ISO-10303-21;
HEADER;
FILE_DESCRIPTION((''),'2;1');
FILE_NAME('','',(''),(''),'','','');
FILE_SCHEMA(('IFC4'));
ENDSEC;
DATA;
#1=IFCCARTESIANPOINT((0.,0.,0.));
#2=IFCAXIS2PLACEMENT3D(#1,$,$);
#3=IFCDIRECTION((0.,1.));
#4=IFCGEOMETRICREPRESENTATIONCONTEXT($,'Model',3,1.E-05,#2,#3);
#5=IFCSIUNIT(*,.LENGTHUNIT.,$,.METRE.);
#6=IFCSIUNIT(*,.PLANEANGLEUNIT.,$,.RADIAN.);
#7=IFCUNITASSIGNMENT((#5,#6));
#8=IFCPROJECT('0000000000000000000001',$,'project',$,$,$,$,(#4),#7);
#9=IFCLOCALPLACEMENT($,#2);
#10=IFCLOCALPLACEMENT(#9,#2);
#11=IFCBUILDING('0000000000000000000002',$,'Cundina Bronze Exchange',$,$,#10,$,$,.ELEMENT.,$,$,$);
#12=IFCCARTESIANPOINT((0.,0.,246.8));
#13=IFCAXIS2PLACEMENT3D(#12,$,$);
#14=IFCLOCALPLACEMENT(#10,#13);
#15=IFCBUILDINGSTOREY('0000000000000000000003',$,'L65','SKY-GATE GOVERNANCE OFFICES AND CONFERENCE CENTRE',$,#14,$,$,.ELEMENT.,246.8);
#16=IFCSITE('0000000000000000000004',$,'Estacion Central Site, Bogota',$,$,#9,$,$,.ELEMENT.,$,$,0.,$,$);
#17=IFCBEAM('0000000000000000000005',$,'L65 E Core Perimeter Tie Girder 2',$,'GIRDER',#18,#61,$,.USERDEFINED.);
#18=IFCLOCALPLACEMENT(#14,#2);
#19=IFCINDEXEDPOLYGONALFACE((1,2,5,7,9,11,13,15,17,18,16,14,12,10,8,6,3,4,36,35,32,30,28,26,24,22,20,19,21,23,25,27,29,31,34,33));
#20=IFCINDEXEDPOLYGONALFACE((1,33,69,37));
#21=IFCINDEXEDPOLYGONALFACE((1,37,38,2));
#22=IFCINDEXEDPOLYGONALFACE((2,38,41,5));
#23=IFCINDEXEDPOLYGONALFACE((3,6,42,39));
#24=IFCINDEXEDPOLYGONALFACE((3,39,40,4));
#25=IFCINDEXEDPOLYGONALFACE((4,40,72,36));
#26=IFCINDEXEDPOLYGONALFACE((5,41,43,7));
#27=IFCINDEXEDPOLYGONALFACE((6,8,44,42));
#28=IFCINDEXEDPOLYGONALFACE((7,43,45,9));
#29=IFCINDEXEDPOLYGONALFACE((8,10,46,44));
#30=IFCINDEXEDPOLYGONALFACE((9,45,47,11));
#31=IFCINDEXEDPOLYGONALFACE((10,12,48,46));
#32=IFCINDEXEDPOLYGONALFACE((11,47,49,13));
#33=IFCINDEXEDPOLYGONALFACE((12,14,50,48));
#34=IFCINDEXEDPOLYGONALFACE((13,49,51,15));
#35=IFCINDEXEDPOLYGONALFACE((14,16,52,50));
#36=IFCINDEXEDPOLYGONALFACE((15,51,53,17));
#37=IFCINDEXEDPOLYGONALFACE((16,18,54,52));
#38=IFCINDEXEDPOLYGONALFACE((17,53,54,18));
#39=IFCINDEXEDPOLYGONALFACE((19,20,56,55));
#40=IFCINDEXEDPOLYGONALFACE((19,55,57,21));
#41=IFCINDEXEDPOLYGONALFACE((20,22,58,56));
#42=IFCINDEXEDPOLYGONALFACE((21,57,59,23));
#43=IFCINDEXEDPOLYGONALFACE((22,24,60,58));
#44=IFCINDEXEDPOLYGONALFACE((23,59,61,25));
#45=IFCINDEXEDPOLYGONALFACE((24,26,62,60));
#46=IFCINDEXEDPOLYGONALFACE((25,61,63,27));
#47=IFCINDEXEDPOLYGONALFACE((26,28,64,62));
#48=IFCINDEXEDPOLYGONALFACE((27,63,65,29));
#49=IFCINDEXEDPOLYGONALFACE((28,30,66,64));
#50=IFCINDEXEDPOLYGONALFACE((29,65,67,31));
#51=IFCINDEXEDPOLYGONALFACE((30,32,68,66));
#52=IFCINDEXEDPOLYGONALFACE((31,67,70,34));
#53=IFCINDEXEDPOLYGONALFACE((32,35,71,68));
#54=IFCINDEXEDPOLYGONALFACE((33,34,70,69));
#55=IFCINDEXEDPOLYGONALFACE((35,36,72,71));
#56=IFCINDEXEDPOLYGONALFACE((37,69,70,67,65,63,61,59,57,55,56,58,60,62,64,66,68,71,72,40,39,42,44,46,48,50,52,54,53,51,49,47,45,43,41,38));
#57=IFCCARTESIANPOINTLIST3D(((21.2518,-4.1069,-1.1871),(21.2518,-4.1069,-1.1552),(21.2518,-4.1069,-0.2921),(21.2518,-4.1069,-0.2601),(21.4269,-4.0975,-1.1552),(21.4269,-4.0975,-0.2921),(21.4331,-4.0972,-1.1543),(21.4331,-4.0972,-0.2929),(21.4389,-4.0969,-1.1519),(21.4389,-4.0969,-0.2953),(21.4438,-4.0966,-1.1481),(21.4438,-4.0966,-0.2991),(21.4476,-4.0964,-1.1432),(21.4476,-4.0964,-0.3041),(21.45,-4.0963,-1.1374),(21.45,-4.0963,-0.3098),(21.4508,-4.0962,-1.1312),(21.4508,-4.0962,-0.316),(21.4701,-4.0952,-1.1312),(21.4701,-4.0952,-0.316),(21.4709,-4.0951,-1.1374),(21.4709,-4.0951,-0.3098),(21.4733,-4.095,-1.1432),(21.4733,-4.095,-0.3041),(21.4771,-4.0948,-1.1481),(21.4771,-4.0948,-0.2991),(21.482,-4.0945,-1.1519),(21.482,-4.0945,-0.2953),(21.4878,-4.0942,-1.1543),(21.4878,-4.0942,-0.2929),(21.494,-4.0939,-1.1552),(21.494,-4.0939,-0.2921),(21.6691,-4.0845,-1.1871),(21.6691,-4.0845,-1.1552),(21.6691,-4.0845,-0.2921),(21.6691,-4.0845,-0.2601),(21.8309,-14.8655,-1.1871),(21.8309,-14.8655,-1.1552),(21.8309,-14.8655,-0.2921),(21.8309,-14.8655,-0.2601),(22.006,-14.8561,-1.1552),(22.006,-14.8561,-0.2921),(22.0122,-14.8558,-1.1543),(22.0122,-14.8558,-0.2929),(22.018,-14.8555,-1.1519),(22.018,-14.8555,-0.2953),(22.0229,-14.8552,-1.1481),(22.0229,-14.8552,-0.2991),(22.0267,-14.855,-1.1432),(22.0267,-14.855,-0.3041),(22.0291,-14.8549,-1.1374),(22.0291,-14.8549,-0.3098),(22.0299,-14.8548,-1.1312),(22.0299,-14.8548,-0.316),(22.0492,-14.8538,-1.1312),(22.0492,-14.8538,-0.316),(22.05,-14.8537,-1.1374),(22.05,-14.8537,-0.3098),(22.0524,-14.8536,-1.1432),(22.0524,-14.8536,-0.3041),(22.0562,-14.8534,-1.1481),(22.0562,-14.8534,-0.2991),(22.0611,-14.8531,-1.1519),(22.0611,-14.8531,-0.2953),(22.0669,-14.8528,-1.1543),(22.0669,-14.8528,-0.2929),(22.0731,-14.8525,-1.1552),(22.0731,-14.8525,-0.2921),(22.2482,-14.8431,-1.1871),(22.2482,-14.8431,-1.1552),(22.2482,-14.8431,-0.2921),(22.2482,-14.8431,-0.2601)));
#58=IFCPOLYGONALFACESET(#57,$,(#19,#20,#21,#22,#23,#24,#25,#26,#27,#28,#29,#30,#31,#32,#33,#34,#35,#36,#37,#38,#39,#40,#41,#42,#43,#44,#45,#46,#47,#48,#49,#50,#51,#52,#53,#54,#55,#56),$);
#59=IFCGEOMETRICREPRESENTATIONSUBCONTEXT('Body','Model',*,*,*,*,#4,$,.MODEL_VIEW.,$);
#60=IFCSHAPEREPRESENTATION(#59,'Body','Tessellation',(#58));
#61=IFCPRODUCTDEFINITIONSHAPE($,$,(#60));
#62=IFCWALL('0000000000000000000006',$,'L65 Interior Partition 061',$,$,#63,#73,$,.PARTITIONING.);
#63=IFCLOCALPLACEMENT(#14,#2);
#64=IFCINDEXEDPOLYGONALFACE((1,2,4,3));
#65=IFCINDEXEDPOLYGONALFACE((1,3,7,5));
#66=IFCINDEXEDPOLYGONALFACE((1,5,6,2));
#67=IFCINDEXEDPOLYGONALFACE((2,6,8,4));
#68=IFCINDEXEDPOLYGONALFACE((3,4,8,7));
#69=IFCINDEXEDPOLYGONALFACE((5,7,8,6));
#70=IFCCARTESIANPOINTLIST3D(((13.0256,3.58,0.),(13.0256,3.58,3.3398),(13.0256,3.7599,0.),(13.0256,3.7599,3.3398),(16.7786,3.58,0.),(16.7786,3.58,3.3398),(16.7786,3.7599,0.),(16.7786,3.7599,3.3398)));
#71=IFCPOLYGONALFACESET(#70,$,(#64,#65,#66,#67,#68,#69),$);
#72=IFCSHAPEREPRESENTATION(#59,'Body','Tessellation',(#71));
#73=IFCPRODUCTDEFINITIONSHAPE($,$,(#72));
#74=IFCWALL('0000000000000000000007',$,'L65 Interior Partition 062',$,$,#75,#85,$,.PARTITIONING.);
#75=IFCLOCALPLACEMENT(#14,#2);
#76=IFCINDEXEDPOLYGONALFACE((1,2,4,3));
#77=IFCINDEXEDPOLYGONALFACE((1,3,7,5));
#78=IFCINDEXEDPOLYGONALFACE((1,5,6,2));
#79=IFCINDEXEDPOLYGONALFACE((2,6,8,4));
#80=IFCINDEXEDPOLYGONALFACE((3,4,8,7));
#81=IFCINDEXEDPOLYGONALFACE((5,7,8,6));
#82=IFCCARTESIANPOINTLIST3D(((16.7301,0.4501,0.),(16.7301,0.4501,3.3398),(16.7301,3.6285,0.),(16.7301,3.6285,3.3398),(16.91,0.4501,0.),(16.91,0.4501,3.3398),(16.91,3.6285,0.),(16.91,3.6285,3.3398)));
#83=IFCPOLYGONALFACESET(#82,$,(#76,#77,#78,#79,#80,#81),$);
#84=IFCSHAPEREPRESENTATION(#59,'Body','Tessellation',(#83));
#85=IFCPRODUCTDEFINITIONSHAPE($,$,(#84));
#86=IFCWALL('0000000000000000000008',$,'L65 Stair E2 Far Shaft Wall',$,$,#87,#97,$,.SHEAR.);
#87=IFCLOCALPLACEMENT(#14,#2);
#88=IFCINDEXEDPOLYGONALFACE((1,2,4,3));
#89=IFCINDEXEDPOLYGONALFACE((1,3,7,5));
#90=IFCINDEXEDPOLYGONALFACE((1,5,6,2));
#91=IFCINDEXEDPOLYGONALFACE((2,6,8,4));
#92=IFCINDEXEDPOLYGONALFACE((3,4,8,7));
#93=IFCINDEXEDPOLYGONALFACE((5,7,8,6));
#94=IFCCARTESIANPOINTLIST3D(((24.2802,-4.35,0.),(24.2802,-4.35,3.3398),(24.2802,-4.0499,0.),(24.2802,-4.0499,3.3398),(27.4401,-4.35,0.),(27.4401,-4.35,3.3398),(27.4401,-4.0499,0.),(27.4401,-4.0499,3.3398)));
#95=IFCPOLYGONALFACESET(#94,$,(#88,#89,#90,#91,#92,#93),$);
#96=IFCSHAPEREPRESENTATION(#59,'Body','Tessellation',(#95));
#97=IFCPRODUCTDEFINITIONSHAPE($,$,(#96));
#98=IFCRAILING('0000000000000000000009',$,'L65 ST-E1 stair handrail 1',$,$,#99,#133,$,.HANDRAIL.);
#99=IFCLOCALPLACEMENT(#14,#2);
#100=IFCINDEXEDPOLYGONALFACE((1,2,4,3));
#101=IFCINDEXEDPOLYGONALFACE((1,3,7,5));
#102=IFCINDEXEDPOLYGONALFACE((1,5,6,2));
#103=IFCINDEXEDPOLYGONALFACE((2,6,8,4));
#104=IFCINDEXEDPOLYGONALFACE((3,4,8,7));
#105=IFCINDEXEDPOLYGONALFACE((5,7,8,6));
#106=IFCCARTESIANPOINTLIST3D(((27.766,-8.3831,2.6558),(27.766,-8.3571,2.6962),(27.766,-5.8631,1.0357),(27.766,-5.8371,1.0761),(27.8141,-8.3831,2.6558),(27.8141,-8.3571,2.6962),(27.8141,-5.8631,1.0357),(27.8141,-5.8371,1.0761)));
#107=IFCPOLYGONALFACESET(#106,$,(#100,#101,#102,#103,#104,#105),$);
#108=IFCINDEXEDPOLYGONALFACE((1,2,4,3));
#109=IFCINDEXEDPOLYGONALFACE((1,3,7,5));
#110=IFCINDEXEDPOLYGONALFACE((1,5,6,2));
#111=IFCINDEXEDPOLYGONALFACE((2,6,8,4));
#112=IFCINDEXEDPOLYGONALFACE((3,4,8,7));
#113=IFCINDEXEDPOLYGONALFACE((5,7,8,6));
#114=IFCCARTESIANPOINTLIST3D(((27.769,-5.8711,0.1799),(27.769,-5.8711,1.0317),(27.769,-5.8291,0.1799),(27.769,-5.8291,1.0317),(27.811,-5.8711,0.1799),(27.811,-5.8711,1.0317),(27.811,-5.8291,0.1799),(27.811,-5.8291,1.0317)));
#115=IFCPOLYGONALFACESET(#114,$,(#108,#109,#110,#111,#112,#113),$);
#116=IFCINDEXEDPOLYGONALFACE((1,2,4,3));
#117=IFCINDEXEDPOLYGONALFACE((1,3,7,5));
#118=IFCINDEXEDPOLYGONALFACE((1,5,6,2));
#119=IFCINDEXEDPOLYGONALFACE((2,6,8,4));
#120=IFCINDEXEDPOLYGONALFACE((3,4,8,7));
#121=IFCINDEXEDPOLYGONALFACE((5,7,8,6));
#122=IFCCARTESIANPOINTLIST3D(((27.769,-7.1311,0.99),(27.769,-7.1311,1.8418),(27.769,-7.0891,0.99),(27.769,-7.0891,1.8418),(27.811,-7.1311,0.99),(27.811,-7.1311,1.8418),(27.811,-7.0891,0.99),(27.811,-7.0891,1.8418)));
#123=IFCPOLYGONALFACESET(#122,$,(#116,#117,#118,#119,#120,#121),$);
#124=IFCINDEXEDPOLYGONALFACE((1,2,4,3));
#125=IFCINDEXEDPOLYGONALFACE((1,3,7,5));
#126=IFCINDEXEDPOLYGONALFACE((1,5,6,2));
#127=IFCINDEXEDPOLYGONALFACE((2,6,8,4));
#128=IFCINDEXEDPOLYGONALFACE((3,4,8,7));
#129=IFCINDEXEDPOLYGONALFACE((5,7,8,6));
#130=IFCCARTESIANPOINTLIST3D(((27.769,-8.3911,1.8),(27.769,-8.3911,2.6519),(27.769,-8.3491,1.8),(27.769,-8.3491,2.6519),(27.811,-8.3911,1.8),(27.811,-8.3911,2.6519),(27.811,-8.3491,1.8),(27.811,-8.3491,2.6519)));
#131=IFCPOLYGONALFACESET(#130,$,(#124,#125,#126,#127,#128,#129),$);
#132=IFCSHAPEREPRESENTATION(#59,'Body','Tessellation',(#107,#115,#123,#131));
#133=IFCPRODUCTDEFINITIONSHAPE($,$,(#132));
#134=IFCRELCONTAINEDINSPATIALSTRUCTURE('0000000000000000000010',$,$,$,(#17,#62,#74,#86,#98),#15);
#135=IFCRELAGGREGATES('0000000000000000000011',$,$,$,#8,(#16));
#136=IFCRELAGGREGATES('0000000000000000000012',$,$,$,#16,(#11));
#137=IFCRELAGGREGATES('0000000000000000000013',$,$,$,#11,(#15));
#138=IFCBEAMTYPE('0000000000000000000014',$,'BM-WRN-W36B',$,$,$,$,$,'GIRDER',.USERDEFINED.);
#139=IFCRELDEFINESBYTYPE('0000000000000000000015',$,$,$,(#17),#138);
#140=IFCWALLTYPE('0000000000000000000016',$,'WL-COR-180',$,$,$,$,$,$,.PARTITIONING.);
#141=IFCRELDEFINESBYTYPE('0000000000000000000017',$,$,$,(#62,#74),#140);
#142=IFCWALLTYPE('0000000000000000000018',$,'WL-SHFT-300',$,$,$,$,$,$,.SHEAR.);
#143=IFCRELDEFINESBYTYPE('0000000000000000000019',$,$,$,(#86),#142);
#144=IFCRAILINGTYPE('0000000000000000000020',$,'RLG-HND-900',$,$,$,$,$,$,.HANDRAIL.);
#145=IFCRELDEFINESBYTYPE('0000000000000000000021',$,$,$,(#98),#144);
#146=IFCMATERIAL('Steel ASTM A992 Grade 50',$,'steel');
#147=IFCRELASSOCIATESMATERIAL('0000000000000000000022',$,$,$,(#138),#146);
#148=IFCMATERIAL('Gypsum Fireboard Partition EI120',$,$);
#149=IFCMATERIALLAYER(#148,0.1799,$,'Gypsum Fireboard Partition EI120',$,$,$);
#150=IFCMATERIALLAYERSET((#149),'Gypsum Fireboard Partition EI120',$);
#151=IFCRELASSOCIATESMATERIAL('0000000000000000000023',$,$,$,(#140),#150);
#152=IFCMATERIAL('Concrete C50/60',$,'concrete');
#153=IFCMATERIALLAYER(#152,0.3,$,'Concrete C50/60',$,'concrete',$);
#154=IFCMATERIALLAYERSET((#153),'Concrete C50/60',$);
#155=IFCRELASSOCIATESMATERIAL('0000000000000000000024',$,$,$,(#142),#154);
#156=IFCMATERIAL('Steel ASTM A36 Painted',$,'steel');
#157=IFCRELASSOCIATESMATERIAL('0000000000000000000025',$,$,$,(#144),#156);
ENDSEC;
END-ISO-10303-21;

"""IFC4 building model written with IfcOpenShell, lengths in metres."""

from ifc_helpers import new_model, si_unit, direction, frame, frame_2d, origin, origin_2d, place, context, subcontext, project, spatial, rectangle, i_section, extrude, material, layer, layer_set, material_profile, profile_set, type_object, element, save


model = new_model("IFC4")

# Units and contexts
model_context = context("Model", 3, precision=1e-05, world=origin(), true_north=direction((0.0, 1.0)))
body_context = subcontext(model_context, "Body", "Model", "MODEL_VIEW")
ifc_project = project(units=[si_unit("LENGTHUNIT", "METRE"), si_unit("PLANEANGLEUNIT", "RADIAN")], contexts=[model_context])

# Site, building, storey
site_placement = place(None, origin())
site = spatial("IfcSite", under=ifc_project, at=site_placement, Name="Estacion Central Site, Bogota", CompositionType="ELEMENT", RefElevation=0.0)
building_placement = place(site_placement, origin())
building = spatial("IfcBuilding", under=site, at=building_placement, Name="Cundina Bronze Exchange", CompositionType="ELEMENT")
storey_placement = place(building_placement, frame((0.0, 0.0, 246.8)))
storey = spatial("IfcBuildingStorey", under=building, at=storey_placement, Name="L65", Description="SKY-GATE GOVERNANCE OFFICES AND CONFERENCE CENTRE", CompositionType="ELEMENT", Elevation=246.8)

# Shared definitions
ifc_material_1 = material(Name="Concrete C50/60", Category="concrete")
ifc_material_2 = material(Name="Steel ASTM A992 Grade 50", Category="steel")

# Beam
ifc_material_profile_1 = material_profile(ifc_material_2, i_section(OverallWidth=0.418, OverallDepth=0.927, WebThickness=0.0193, FlangeThickness=0.032, FilletRadius=0.0239, at=origin_2d()), Name="W36X231", Category="steel")
ifc_profile_set_1 = profile_set([ifc_material_profile_1], Name="Steel ASTM A992 Grade 50")
beam_type_1 = type_object("IfcBeamType", Name="BM-WRN-W36B", ElementType="GIRDER", PredefinedType="USERDEFINED", material=ifc_profile_set_1)
beam_1_placement = place(storey_placement, frame((21.4604, -4.0957, -0.7236), z_axis=(0.053749, -0.998554, 0.0), x_axis=(0.998554, 0.053749, 0.0)))
element("IfcBeam", 1, at=beam_1_placement, inside=storey, type_object=beam_type_1, Name="L65 E Core Perimeter Tie Girder 2", ObjectType="GIRDER", PredefinedType="USERDEFINED", context=body_context, shape_type="SweptSolid", body=[
    extrude(i_section(OverallWidth=0.418, OverallDepth=0.927, WebThickness=0.0193, FlangeThickness=0.032, FilletRadius=0.0239, at=origin_2d()), origin(), (0.0, 0.0, 1.0), 10.7742),
])

# Shared definitions
ifc_material_3 = material(Name="Gypsum Fireboard Partition EI120")
ifc_layer_1 = layer(ifc_material_3, 0.1799, Name="Gypsum Fireboard Partition EI120")
ifc_layer_set_1 = layer_set([ifc_layer_1], Name="Gypsum Fireboard Partition EI120")
wall_type_1 = type_object("IfcWallType", Name="WL-COR-180", PredefinedType="PARTITIONING", material=ifc_layer_set_1)
ifc_material_4 = material(Name="Steel ASTM A36 Painted", Category="steel")

# Walls
wall_1_placement = place(storey_placement, frame((16.7786, 3.6699, 0.0), z_axis=(0.0, 0.0, 1.0), x_axis=(-1.0, 0.0, 0.0)))
element("IfcWall", 2, at=wall_1_placement, inside=storey, type_object=wall_type_1, Name="L65 Interior Partition 061", PredefinedType="PARTITIONING", context=body_context, shape_type="SweptSolid", body=[
    extrude(rectangle(XDim=3.7529, YDim=0.1799, at=frame_2d((1.8765, 0.0))), origin(), (0.0, 0.0, 1.0), 3.3398),
])
wall_2_placement = place(storey_placement, frame((16.8201, 0.45, 0.0), z_axis=(0.0, 0.0, 1.0), x_axis=(0.0, 1.0, 0.0)))
element("IfcWall", 3, at=wall_2_placement, inside=storey, type_object=wall_type_1, Name="L65 Interior Partition 062", PredefinedType="PARTITIONING", context=body_context, shape_type="SweptSolid", body=[
    extrude(rectangle(XDim=3.1785, YDim=0.1799, at=frame_2d((1.5894, 0.0))), origin(), (0.0, 0.0, 1.0), 3.3398),
])

# Shared definitions
ifc_layer_2 = layer(ifc_material_1, 0.3, Name="Concrete C50/60", Category="concrete")
ifc_layer_set_2 = layer_set([ifc_layer_2], Name="Concrete C50/60")
wall_type_2 = type_object("IfcWallType", Name="WL-SHFT-300", PredefinedType="SHEAR", material=ifc_layer_set_2)

# Wall
wall_3_placement = place(storey_placement, frame((24.28, -4.2, 0.0), z_axis=(0.0, 0.0, 1.0), x_axis=(1.0, 0.0, 0.0)))
element("IfcWall", 4, at=wall_3_placement, inside=storey, type_object=wall_type_2, Name="L65 Stair E2 Far Shaft Wall", PredefinedType="SHEAR", context=body_context, shape_type="SweptSolid", body=[
    extrude(rectangle(XDim=3.1599, YDim=0.3, at=frame_2d((1.5801, 0.0))), origin(), (0.0, 0.0, 1.0), 3.3398),
])

# Railing
railing_type = type_object("IfcRailingType", Name="RLG-HND-900", PredefinedType="HANDRAIL", material=ifc_material_4)
railing_placement = place(storey_placement, frame((27.79, -5.8501, 0.1799)))
element("IfcRailing", 5, at=railing_placement, inside=storey, type_object=railing_type, Name="L65 ST-E1 stair handrail 1", PredefinedType="HANDRAIL", context=body_context, shape_type="SweptSolid", body=[
    extrude(rectangle(XDim=0.0481, YDim=0.0481, at=origin_2d()), frame((0.0, 0.0, 0.876), z_axis=(0.0, -0.841163, 0.540782), x_axis=(1.0, 0.0, 0.0)), (0.0, 0.0, 1.0), 2.9958),
    extrude(rectangle(XDim=0.042, YDim=0.042, at=origin_2d()), origin(), (0.0, 0.0, 1.0), 0.8518),
    extrude(rectangle(XDim=0.042, YDim=0.042, at=origin_2d()), frame((0.0, -1.26, 0.8101)), (0.0, 0.0, 1.0), 0.8518),
    extrude(rectangle(XDim=0.042, YDim=0.042, at=origin_2d()), frame((0.0, -2.52, 1.6201)), (0.0, 0.0, 1.0), 0.8518),
])

save(model, "model.ifc")
